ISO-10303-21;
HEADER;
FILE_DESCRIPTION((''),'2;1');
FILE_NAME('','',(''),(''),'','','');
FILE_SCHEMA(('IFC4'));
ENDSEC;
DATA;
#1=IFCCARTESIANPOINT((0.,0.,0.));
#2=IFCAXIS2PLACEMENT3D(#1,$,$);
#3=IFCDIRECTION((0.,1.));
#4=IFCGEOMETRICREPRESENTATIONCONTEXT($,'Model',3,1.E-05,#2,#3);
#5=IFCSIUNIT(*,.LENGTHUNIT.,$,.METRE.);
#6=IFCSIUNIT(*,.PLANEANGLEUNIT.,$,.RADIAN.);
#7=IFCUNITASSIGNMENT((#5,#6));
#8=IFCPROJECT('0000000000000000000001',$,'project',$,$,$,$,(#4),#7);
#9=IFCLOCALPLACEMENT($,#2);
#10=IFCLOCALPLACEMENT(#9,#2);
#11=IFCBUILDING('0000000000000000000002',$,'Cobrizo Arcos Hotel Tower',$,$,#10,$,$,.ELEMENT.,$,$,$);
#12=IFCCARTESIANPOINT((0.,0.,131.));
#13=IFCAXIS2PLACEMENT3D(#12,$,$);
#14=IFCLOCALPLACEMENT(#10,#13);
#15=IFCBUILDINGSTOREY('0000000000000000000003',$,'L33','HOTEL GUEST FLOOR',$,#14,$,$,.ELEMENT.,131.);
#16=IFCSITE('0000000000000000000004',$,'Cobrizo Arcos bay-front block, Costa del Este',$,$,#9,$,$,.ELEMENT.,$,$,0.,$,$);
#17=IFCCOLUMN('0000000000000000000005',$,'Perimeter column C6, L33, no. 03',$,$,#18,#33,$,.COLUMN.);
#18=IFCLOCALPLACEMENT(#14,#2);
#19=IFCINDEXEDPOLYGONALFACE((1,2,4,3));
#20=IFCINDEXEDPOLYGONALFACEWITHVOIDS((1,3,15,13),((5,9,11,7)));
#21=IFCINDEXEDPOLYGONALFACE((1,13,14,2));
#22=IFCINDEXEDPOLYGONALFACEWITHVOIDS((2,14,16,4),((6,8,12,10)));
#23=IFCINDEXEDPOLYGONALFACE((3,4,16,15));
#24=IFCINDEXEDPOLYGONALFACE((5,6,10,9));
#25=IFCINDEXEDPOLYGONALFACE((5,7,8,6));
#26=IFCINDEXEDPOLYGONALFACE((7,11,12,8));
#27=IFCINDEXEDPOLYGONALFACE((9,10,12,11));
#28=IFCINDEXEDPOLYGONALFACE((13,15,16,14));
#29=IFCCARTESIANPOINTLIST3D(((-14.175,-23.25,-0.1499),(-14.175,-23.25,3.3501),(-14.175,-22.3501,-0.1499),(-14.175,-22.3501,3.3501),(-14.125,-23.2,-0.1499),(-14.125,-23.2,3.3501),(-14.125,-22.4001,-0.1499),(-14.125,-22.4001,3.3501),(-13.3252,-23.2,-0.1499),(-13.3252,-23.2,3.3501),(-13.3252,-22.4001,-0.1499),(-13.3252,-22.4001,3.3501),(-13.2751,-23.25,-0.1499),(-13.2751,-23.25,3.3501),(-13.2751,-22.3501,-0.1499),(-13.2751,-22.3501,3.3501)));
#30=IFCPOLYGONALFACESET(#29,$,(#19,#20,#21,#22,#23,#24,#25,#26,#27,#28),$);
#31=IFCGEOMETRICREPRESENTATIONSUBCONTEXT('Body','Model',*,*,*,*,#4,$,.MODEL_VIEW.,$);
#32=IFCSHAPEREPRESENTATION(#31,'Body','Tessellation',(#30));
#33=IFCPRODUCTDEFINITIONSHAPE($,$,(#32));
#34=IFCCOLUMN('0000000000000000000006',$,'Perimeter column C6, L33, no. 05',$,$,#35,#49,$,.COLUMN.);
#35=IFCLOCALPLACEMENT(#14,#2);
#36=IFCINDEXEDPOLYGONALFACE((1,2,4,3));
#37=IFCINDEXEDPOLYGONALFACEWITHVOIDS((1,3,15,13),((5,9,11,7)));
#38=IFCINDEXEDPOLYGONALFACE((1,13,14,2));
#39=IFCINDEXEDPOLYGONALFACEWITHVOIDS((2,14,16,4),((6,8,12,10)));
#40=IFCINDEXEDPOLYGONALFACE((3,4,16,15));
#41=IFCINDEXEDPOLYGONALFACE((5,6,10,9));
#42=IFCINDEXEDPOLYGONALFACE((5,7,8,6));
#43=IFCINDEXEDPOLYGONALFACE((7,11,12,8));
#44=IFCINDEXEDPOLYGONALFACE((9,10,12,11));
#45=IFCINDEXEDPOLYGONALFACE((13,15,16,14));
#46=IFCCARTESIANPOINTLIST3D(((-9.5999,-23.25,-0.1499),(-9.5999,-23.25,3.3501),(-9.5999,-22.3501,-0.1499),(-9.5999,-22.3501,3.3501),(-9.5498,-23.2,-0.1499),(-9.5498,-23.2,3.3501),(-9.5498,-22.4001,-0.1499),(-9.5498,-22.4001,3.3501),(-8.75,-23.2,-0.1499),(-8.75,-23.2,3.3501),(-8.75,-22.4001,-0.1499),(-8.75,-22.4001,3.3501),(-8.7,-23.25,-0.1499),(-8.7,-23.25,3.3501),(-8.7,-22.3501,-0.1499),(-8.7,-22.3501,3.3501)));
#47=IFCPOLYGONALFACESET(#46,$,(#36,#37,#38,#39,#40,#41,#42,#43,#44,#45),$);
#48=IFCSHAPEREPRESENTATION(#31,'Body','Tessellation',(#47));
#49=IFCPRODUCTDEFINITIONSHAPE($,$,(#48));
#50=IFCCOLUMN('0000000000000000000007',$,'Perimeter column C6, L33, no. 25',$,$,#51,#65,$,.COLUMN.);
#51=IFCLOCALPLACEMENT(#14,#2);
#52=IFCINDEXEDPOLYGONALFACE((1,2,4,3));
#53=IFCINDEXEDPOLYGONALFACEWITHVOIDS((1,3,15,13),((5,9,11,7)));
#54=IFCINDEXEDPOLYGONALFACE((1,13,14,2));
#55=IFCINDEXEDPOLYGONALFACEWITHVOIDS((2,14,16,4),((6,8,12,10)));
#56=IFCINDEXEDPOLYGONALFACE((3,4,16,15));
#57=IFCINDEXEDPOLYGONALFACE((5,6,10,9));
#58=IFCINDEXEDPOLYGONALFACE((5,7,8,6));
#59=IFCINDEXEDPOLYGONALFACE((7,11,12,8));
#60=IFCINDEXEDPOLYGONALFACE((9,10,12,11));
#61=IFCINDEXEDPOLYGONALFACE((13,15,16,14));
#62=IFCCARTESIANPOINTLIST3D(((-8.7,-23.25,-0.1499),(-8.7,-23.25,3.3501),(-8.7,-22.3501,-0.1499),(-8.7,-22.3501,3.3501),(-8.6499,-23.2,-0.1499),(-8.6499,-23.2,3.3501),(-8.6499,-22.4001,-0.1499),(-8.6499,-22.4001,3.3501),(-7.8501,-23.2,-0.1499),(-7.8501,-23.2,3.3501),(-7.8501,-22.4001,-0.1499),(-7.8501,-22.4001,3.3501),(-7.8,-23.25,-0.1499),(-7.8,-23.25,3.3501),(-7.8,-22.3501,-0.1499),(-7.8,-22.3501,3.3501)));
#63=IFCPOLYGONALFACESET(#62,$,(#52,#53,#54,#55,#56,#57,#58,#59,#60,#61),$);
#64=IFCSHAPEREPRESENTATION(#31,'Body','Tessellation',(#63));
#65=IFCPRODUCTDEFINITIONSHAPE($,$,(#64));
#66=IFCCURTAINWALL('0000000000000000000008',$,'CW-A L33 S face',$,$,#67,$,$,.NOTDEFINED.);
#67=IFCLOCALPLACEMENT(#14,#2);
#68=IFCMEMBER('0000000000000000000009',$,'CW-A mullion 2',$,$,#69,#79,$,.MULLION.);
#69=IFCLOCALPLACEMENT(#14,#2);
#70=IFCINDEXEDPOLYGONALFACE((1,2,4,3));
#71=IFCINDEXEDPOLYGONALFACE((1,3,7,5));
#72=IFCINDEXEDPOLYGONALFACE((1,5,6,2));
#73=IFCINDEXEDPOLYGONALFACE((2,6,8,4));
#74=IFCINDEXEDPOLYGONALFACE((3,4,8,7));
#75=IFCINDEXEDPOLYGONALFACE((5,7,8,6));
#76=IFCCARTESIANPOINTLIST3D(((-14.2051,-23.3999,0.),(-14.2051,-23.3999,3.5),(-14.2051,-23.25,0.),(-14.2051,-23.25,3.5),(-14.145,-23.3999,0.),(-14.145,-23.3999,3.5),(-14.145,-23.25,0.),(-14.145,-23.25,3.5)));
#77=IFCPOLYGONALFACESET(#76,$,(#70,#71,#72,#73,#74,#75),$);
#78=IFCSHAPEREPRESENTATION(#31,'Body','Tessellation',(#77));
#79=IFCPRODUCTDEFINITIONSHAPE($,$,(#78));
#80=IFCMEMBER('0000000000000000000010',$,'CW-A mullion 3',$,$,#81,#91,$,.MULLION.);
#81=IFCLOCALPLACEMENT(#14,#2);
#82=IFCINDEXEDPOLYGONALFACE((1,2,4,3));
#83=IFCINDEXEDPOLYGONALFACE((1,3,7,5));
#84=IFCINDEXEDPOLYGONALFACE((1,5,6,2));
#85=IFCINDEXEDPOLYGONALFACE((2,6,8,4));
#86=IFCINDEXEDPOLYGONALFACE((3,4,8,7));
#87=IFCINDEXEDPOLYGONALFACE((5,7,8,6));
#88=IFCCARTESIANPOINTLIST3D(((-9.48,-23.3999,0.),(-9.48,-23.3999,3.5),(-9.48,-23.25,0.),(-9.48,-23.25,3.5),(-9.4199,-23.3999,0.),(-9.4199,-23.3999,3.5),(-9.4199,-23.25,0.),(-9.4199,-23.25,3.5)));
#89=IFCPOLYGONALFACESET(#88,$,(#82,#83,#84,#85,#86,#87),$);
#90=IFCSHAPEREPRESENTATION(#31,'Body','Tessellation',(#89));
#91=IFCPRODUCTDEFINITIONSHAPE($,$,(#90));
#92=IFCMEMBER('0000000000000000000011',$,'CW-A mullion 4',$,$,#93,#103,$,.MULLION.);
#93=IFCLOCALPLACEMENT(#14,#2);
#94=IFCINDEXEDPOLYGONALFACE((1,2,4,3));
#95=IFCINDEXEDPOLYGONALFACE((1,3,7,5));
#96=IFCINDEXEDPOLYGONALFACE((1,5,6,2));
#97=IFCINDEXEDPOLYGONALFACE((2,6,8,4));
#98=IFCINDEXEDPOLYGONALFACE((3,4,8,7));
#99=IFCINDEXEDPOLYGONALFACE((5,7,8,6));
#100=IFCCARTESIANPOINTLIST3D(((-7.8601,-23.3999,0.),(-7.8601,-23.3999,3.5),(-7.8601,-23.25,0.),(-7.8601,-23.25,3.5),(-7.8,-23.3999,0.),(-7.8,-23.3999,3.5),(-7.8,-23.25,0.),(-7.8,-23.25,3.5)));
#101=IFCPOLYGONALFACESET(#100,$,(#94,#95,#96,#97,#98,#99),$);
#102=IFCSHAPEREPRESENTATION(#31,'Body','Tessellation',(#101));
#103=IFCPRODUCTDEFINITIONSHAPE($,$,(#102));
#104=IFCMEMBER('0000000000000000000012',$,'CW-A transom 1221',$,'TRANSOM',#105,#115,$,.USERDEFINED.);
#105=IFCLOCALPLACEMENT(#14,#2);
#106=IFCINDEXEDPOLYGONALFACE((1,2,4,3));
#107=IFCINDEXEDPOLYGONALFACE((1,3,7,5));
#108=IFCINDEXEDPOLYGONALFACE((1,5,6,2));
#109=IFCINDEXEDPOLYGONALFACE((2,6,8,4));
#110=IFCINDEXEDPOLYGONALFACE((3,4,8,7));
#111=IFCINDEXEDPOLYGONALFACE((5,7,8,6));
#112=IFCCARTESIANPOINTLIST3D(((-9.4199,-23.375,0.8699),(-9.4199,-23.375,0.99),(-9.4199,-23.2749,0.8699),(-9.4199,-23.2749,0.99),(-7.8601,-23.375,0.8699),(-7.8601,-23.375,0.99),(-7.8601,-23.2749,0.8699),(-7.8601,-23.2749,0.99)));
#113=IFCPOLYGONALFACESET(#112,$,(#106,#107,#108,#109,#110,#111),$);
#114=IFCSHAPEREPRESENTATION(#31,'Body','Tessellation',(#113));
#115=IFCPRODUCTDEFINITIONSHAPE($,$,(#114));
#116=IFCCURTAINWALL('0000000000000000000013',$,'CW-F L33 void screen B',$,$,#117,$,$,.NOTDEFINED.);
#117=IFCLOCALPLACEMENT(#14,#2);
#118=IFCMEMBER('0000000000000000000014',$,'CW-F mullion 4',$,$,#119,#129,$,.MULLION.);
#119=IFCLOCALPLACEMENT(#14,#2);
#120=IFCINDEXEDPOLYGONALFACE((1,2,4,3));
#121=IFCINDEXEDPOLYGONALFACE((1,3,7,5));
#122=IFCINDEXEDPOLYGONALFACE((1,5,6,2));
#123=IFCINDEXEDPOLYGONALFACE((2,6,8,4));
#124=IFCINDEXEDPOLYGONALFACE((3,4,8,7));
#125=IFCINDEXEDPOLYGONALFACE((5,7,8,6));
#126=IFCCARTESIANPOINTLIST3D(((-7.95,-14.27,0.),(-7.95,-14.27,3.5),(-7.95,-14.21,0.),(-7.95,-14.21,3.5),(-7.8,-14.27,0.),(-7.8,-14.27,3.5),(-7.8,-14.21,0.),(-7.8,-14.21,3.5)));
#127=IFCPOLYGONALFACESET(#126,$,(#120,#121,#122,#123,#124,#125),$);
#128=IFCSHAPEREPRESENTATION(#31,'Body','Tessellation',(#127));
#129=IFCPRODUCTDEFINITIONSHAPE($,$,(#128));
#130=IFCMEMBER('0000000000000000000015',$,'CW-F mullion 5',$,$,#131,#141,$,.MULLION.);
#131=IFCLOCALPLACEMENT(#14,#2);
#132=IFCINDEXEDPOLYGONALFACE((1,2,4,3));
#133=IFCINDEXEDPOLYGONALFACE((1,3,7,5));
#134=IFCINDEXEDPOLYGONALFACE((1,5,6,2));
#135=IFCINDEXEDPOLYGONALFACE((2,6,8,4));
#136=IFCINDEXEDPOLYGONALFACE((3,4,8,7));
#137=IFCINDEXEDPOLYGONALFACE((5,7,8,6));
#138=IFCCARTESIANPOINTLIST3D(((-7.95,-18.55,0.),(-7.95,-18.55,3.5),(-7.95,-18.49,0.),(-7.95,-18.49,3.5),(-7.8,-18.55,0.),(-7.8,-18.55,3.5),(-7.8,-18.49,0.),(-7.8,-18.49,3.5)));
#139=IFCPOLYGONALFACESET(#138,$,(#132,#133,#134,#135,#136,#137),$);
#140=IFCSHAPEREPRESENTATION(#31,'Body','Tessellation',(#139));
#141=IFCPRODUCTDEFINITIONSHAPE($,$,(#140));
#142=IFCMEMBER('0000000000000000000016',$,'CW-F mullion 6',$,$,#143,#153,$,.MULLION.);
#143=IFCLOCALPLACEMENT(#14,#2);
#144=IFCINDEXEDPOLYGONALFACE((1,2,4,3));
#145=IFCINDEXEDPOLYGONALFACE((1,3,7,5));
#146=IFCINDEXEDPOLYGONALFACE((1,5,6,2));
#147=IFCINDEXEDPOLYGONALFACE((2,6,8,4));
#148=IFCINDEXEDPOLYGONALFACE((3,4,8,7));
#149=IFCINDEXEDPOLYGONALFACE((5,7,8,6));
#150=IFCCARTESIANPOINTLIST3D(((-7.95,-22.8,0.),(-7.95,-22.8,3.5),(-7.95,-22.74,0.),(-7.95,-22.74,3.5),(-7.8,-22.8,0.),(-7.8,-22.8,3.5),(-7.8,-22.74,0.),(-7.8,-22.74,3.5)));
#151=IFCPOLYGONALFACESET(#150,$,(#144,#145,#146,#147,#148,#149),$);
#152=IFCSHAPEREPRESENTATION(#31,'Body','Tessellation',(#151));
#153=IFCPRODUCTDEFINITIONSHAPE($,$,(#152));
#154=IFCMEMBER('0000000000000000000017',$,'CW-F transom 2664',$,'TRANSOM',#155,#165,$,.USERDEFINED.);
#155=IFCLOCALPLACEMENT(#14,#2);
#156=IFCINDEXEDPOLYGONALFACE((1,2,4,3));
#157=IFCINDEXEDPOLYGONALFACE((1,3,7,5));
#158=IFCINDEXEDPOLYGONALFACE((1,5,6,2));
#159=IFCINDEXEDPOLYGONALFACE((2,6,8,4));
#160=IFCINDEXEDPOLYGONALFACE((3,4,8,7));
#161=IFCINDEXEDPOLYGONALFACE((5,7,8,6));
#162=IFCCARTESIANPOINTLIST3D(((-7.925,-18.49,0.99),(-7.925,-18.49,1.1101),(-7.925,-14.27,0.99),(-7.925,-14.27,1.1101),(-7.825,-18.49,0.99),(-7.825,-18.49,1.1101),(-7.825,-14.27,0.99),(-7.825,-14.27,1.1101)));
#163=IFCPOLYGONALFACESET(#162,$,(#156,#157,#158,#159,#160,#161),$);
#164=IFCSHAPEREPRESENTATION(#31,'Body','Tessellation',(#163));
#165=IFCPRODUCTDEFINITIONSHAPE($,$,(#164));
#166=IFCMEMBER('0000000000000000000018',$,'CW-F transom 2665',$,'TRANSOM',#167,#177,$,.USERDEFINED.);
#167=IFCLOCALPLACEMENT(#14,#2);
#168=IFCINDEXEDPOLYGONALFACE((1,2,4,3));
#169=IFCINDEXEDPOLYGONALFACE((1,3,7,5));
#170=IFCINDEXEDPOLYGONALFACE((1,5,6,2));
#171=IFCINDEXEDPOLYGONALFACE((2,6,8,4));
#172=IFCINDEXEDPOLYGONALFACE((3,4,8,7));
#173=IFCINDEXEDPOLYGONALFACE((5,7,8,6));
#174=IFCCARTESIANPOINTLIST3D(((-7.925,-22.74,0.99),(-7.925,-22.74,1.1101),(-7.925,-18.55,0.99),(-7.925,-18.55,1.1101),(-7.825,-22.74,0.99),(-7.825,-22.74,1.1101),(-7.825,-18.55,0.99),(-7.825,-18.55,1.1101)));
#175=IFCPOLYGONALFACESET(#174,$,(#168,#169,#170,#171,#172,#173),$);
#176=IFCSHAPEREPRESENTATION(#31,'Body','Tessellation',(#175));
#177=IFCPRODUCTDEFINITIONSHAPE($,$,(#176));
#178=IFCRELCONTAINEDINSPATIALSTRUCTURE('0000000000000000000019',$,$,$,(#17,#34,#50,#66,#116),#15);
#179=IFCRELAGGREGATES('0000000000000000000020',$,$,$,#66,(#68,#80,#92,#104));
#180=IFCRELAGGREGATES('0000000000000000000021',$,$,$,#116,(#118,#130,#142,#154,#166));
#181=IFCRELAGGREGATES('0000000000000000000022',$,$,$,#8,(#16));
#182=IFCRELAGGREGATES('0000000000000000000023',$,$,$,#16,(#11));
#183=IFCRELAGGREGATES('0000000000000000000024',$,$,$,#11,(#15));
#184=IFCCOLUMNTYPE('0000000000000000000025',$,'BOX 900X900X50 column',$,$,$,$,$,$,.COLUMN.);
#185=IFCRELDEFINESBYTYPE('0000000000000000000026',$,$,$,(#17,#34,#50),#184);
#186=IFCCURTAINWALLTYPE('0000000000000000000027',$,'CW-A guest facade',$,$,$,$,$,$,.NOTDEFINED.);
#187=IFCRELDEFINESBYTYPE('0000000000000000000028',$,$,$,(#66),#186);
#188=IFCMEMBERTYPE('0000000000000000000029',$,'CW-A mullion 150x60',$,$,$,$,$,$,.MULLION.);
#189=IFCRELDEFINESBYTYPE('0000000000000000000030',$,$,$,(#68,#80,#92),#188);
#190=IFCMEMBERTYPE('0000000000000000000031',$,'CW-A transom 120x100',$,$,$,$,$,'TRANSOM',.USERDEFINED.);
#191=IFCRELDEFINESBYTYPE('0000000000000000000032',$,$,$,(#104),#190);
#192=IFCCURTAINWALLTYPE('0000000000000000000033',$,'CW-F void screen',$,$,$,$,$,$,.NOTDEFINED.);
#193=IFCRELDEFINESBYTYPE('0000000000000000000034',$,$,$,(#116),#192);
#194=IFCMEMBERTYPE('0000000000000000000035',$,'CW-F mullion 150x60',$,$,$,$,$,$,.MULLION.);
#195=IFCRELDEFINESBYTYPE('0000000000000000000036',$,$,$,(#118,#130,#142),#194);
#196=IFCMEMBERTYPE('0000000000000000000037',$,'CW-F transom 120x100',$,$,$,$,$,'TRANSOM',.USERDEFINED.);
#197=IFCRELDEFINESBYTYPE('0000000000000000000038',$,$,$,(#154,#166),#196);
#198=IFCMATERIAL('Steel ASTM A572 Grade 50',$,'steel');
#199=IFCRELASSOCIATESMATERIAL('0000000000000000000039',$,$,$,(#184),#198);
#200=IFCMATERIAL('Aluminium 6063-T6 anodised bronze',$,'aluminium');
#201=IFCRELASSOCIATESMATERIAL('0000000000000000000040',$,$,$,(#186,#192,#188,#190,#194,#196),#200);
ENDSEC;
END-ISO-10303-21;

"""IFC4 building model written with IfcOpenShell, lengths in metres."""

from ifc_helpers import new_model, si_unit, direction, frame, origin, origin_2d, place, context, subcontext, project, spatial, rectangle, hollow_rectangle, extrude, material, material_profile, profile_set, type_object, element, aggregate, save


model = new_model("IFC4")

# Units and contexts
model_context = context("Model", 3, precision=1e-05, world=origin(), true_north=direction((0.0, 1.0)))
body_context = subcontext(model_context, "Body", "Model", "MODEL_VIEW")
ifc_project = project(units=[si_unit("LENGTHUNIT", "METRE"), si_unit("PLANEANGLEUNIT", "RADIAN")], contexts=[model_context])

# Site, building, storey
site_placement = place(None, origin())
site = spatial("IfcSite", under=ifc_project, at=site_placement, Name="Cobrizo Arcos bay-front block, Costa del Este", CompositionType="ELEMENT", RefElevation=0.0)
building_placement = place(site_placement, origin())
building = spatial("IfcBuilding", under=site, at=building_placement, Name="Cobrizo Arcos Hotel Tower", CompositionType="ELEMENT")
storey_placement = place(building_placement, frame((0.0, 0.0, 131.0)))
storey = spatial("IfcBuildingStorey", under=building, at=storey_placement, Name="L33", Description="HOTEL GUEST FLOOR", CompositionType="ELEMENT", Elevation=131.0)

# Columns
ifc_material_1 = material(Name="Steel ASTM A572 Grade 50", Category="steel")
ifc_material_profile_1 = material_profile(ifc_material_1, hollow_rectangle(XDim=0.8999, YDim=0.8999, WallThickness=0.05, at=origin_2d()), Name="BOX 900X900X50")
ifc_profile_set_1 = profile_set([ifc_material_profile_1], Name="Steel ASTM A572 Grade 50")
column_type = type_object("IfcColumnType", Name="BOX 900X900X50 column", PredefinedType="COLUMN", material=ifc_profile_set_1)
for number, where, z_axis, x_axis, name in (
    (1, (-13.7251, -22.8, -0.1499), (0.0, 0.0, 1.0), (1.0, 0.0, 0.0), "Perimeter column C6, L33, no. 03"),
    (2, (-9.1499, -22.8, -0.1499), (0.0, 0.0, 1.0), (1.0, 0.0, 0.0), "Perimeter column C6, L33, no. 05"),
    (3, (-8.25, -22.8, -0.1499), (0.0, 0.0, 1.0), (1.0, 0.0, 0.0), "Perimeter column C6, L33, no. 25"),
):
    element("IfcColumn", number, at=place(storey_placement, frame(where, z_axis=z_axis, x_axis=x_axis)), inside=storey, type_object=column_type, Name=name, PredefinedType="COLUMN", context=body_context, shape_type="SweptSolid", body=[
        extrude(hollow_rectangle(XDim=0.8999, YDim=0.8999, WallThickness=0.05, at=origin_2d()), origin(), (0.0, 0.0, 1.0), 3.5),
    ])

# Curtain walls, members
ifc_material_2 = material(Name="Aluminium 6063-T6 anodised bronze", Category="aluminium")
curtain_wall_type_1 = type_object("IfcCurtainWallType", Name="CW-A guest facade", PredefinedType="NOTDEFINED", material=ifc_material_2)
curtain_wall_1_placement = place(storey_placement, origin())
curtain_wall_1 = element("IfcCurtainWall", 4, at=curtain_wall_1_placement, inside=storey, type_object=curtain_wall_type_1, Name="CW-A L33 S face", PredefinedType="NOTDEFINED")
ifc_material_profile_2 = material_profile(ifc_material_2, rectangle(XDim=0.1499, YDim=0.0601, at=origin_2d()), Name="CW-A mullion 150x60")
ifc_profile_set_2 = profile_set([ifc_material_profile_2], Name="Aluminium 6063-T6 anodised bronze")
member_type_1 = type_object("IfcMemberType", Name="CW-A mullion 150x60", PredefinedType="MULLION", material=ifc_profile_set_2)
member_1_placement = place(storey_placement, frame((-14.175, -23.325, 0.0), z_axis=(0.0, 0.0, 1.0), x_axis=(0.0, -1.0, 0.0)))
member_1 = element("IfcMember", 5, at=member_1_placement, type_object=member_type_1, Name="CW-A mullion 2", PredefinedType="MULLION", context=body_context, shape_type="SweptSolid", body=[
    extrude(rectangle(XDim=0.1499, YDim=0.0601, at=origin_2d()), origin(), (0.0, 0.0, 1.0), 3.5),
])
member_2_placement = place(storey_placement, frame((-9.45, -23.325, 0.0), z_axis=(0.0, 0.0, 1.0), x_axis=(0.0, -1.0, 0.0)))
member_2 = element("IfcMember", 6, at=member_2_placement, type_object=member_type_1, Name="CW-A mullion 3", PredefinedType="MULLION", context=body_context, shape_type="SweptSolid", body=[
    extrude(rectangle(XDim=0.1499, YDim=0.0601, at=origin_2d()), origin(), (0.0, 0.0, 1.0), 3.5),
])
member_3_placement = place(storey_placement, frame((-7.8301, -23.325, 0.0), z_axis=(0.0, 0.0, 1.0), x_axis=(0.0, -1.0, 0.0)))
member_3 = element("IfcMember", 7, at=member_3_placement, type_object=member_type_1, Name="CW-A mullion 4", PredefinedType="MULLION", context=body_context, shape_type="SweptSolid", body=[
    extrude(rectangle(XDim=0.1499, YDim=0.0601, at=origin_2d()), origin(), (0.0, 0.0, 1.0), 3.5),
])
ifc_material_profile_3 = material_profile(ifc_material_2, rectangle(XDim=0.1001, YDim=0.1201, at=origin_2d()), Name="CW-A transom 120x100")
ifc_profile_set_3 = profile_set([ifc_material_profile_3], Name="Aluminium 6063-T6 anodised bronze")
member_type_2 = type_object("IfcMemberType", Name="CW-A transom 120x100", ElementType="TRANSOM", PredefinedType="USERDEFINED", material=ifc_profile_set_3)
member_4_placement = place(storey_placement, frame((-9.4199, -23.325, 0.9299), z_axis=(1.0, 0.0, 0.0), x_axis=(0.0, 1.0, 0.0)))
member_4 = element("IfcMember", 8, at=member_4_placement, type_object=member_type_2, Name="CW-A transom 1221", ObjectType="TRANSOM", PredefinedType="USERDEFINED", context=body_context, shape_type="SweptSolid", body=[
    extrude(rectangle(XDim=0.1001, YDim=0.1201, at=origin_2d()), origin(), (0.0, 0.0, 1.0), 1.5598),
])
curtain_wall_type_2 = type_object("IfcCurtainWallType", Name="CW-F void screen", PredefinedType="NOTDEFINED", material=ifc_material_2)
curtain_wall_2_placement = place(storey_placement, origin())
curtain_wall_2 = element("IfcCurtainWall", 9, at=curtain_wall_2_placement, inside=storey, type_object=curtain_wall_type_2, Name="CW-F L33 void screen B", PredefinedType="NOTDEFINED")
ifc_material_profile_4 = material_profile(ifc_material_2, rectangle(XDim=0.1499, YDim=0.0601, at=origin_2d()), Name="CW-F mullion 150x60")
ifc_profile_set_4 = profile_set([ifc_material_profile_4], Name="Aluminium 6063-T6 anodised bronze")
member_type_3 = type_object("IfcMemberType", Name="CW-F mullion 150x60", PredefinedType="MULLION", material=ifc_profile_set_4)
member_5_placement = place(storey_placement, frame((-7.875, -14.24, 0.0), z_axis=(0.0, 0.0, 1.0), x_axis=(-1.0, 0.0, 0.0)))
member_5 = element("IfcMember", 10, at=member_5_placement, type_object=member_type_3, Name="CW-F mullion 4", PredefinedType="MULLION", context=body_context, shape_type="SweptSolid", body=[
    extrude(rectangle(XDim=0.1499, YDim=0.0601, at=origin_2d()), origin(), (0.0, 0.0, 1.0), 3.5),
])
member_6_placement = place(storey_placement, frame((-7.875, -18.52, 0.0), z_axis=(0.0, 0.0, 1.0), x_axis=(-1.0, 0.0, 0.0)))
member_6 = element("IfcMember", 11, at=member_6_placement, type_object=member_type_3, Name="CW-F mullion 5", PredefinedType="MULLION", context=body_context, shape_type="SweptSolid", body=[
    extrude(rectangle(XDim=0.1499, YDim=0.0601, at=origin_2d()), origin(), (0.0, 0.0, 1.0), 3.5),
])
member_7_placement = place(storey_placement, frame((-7.875, -22.77, 0.0), z_axis=(0.0, 0.0, 1.0), x_axis=(-1.0, 0.0, 0.0)))
member_7 = element("IfcMember", 12, at=member_7_placement, type_object=member_type_3, Name="CW-F mullion 6", PredefinedType="MULLION", context=body_context, shape_type="SweptSolid", body=[
    extrude(rectangle(XDim=0.1499, YDim=0.0601, at=origin_2d()), origin(), (0.0, 0.0, 1.0), 3.5),
])
ifc_material_profile_5 = material_profile(ifc_material_2, rectangle(XDim=0.1001, YDim=0.1201, at=origin_2d()), Name="CW-F transom 120x100")
ifc_profile_set_5 = profile_set([ifc_material_profile_5], Name="Aluminium 6063-T6 anodised bronze")
member_type_4 = type_object("IfcMemberType", Name="CW-F transom 120x100", ElementType="TRANSOM", PredefinedType="USERDEFINED", material=ifc_profile_set_5)
member_8_placement = place(storey_placement, frame((-7.875, -14.27, 1.05), z_axis=(0.0, -1.0, 0.0), x_axis=(1.0, 0.0, 0.0)))
member_8 = element("IfcMember", 13, at=member_8_placement, type_object=member_type_4, Name="CW-F transom 2664", ObjectType="TRANSOM", PredefinedType="USERDEFINED", context=body_context, shape_type="SweptSolid", body=[
    extrude(rectangle(XDim=0.1001, YDim=0.1201, at=origin_2d()), origin(), (0.0, 0.0, 1.0), 4.22),
])
member_9_placement = place(storey_placement, frame((-7.875, -18.55, 1.05), z_axis=(0.0, -1.0, 0.0), x_axis=(1.0, 0.0, 0.0)))
member_9 = element("IfcMember", 14, at=member_9_placement, type_object=member_type_4, Name="CW-F transom 2665", ObjectType="TRANSOM", PredefinedType="USERDEFINED", context=body_context, shape_type="SweptSolid", body=[
    extrude(rectangle(XDim=0.1001, YDim=0.1201, at=origin_2d()), origin(), (0.0, 0.0, 1.0), 4.1899),
])

aggregate(curtain_wall_1, [member_1, member_2, member_3, member_4])
aggregate(curtain_wall_2, [member_5, member_6, member_7, member_8, member_9])

save(model, "model.ifc")
